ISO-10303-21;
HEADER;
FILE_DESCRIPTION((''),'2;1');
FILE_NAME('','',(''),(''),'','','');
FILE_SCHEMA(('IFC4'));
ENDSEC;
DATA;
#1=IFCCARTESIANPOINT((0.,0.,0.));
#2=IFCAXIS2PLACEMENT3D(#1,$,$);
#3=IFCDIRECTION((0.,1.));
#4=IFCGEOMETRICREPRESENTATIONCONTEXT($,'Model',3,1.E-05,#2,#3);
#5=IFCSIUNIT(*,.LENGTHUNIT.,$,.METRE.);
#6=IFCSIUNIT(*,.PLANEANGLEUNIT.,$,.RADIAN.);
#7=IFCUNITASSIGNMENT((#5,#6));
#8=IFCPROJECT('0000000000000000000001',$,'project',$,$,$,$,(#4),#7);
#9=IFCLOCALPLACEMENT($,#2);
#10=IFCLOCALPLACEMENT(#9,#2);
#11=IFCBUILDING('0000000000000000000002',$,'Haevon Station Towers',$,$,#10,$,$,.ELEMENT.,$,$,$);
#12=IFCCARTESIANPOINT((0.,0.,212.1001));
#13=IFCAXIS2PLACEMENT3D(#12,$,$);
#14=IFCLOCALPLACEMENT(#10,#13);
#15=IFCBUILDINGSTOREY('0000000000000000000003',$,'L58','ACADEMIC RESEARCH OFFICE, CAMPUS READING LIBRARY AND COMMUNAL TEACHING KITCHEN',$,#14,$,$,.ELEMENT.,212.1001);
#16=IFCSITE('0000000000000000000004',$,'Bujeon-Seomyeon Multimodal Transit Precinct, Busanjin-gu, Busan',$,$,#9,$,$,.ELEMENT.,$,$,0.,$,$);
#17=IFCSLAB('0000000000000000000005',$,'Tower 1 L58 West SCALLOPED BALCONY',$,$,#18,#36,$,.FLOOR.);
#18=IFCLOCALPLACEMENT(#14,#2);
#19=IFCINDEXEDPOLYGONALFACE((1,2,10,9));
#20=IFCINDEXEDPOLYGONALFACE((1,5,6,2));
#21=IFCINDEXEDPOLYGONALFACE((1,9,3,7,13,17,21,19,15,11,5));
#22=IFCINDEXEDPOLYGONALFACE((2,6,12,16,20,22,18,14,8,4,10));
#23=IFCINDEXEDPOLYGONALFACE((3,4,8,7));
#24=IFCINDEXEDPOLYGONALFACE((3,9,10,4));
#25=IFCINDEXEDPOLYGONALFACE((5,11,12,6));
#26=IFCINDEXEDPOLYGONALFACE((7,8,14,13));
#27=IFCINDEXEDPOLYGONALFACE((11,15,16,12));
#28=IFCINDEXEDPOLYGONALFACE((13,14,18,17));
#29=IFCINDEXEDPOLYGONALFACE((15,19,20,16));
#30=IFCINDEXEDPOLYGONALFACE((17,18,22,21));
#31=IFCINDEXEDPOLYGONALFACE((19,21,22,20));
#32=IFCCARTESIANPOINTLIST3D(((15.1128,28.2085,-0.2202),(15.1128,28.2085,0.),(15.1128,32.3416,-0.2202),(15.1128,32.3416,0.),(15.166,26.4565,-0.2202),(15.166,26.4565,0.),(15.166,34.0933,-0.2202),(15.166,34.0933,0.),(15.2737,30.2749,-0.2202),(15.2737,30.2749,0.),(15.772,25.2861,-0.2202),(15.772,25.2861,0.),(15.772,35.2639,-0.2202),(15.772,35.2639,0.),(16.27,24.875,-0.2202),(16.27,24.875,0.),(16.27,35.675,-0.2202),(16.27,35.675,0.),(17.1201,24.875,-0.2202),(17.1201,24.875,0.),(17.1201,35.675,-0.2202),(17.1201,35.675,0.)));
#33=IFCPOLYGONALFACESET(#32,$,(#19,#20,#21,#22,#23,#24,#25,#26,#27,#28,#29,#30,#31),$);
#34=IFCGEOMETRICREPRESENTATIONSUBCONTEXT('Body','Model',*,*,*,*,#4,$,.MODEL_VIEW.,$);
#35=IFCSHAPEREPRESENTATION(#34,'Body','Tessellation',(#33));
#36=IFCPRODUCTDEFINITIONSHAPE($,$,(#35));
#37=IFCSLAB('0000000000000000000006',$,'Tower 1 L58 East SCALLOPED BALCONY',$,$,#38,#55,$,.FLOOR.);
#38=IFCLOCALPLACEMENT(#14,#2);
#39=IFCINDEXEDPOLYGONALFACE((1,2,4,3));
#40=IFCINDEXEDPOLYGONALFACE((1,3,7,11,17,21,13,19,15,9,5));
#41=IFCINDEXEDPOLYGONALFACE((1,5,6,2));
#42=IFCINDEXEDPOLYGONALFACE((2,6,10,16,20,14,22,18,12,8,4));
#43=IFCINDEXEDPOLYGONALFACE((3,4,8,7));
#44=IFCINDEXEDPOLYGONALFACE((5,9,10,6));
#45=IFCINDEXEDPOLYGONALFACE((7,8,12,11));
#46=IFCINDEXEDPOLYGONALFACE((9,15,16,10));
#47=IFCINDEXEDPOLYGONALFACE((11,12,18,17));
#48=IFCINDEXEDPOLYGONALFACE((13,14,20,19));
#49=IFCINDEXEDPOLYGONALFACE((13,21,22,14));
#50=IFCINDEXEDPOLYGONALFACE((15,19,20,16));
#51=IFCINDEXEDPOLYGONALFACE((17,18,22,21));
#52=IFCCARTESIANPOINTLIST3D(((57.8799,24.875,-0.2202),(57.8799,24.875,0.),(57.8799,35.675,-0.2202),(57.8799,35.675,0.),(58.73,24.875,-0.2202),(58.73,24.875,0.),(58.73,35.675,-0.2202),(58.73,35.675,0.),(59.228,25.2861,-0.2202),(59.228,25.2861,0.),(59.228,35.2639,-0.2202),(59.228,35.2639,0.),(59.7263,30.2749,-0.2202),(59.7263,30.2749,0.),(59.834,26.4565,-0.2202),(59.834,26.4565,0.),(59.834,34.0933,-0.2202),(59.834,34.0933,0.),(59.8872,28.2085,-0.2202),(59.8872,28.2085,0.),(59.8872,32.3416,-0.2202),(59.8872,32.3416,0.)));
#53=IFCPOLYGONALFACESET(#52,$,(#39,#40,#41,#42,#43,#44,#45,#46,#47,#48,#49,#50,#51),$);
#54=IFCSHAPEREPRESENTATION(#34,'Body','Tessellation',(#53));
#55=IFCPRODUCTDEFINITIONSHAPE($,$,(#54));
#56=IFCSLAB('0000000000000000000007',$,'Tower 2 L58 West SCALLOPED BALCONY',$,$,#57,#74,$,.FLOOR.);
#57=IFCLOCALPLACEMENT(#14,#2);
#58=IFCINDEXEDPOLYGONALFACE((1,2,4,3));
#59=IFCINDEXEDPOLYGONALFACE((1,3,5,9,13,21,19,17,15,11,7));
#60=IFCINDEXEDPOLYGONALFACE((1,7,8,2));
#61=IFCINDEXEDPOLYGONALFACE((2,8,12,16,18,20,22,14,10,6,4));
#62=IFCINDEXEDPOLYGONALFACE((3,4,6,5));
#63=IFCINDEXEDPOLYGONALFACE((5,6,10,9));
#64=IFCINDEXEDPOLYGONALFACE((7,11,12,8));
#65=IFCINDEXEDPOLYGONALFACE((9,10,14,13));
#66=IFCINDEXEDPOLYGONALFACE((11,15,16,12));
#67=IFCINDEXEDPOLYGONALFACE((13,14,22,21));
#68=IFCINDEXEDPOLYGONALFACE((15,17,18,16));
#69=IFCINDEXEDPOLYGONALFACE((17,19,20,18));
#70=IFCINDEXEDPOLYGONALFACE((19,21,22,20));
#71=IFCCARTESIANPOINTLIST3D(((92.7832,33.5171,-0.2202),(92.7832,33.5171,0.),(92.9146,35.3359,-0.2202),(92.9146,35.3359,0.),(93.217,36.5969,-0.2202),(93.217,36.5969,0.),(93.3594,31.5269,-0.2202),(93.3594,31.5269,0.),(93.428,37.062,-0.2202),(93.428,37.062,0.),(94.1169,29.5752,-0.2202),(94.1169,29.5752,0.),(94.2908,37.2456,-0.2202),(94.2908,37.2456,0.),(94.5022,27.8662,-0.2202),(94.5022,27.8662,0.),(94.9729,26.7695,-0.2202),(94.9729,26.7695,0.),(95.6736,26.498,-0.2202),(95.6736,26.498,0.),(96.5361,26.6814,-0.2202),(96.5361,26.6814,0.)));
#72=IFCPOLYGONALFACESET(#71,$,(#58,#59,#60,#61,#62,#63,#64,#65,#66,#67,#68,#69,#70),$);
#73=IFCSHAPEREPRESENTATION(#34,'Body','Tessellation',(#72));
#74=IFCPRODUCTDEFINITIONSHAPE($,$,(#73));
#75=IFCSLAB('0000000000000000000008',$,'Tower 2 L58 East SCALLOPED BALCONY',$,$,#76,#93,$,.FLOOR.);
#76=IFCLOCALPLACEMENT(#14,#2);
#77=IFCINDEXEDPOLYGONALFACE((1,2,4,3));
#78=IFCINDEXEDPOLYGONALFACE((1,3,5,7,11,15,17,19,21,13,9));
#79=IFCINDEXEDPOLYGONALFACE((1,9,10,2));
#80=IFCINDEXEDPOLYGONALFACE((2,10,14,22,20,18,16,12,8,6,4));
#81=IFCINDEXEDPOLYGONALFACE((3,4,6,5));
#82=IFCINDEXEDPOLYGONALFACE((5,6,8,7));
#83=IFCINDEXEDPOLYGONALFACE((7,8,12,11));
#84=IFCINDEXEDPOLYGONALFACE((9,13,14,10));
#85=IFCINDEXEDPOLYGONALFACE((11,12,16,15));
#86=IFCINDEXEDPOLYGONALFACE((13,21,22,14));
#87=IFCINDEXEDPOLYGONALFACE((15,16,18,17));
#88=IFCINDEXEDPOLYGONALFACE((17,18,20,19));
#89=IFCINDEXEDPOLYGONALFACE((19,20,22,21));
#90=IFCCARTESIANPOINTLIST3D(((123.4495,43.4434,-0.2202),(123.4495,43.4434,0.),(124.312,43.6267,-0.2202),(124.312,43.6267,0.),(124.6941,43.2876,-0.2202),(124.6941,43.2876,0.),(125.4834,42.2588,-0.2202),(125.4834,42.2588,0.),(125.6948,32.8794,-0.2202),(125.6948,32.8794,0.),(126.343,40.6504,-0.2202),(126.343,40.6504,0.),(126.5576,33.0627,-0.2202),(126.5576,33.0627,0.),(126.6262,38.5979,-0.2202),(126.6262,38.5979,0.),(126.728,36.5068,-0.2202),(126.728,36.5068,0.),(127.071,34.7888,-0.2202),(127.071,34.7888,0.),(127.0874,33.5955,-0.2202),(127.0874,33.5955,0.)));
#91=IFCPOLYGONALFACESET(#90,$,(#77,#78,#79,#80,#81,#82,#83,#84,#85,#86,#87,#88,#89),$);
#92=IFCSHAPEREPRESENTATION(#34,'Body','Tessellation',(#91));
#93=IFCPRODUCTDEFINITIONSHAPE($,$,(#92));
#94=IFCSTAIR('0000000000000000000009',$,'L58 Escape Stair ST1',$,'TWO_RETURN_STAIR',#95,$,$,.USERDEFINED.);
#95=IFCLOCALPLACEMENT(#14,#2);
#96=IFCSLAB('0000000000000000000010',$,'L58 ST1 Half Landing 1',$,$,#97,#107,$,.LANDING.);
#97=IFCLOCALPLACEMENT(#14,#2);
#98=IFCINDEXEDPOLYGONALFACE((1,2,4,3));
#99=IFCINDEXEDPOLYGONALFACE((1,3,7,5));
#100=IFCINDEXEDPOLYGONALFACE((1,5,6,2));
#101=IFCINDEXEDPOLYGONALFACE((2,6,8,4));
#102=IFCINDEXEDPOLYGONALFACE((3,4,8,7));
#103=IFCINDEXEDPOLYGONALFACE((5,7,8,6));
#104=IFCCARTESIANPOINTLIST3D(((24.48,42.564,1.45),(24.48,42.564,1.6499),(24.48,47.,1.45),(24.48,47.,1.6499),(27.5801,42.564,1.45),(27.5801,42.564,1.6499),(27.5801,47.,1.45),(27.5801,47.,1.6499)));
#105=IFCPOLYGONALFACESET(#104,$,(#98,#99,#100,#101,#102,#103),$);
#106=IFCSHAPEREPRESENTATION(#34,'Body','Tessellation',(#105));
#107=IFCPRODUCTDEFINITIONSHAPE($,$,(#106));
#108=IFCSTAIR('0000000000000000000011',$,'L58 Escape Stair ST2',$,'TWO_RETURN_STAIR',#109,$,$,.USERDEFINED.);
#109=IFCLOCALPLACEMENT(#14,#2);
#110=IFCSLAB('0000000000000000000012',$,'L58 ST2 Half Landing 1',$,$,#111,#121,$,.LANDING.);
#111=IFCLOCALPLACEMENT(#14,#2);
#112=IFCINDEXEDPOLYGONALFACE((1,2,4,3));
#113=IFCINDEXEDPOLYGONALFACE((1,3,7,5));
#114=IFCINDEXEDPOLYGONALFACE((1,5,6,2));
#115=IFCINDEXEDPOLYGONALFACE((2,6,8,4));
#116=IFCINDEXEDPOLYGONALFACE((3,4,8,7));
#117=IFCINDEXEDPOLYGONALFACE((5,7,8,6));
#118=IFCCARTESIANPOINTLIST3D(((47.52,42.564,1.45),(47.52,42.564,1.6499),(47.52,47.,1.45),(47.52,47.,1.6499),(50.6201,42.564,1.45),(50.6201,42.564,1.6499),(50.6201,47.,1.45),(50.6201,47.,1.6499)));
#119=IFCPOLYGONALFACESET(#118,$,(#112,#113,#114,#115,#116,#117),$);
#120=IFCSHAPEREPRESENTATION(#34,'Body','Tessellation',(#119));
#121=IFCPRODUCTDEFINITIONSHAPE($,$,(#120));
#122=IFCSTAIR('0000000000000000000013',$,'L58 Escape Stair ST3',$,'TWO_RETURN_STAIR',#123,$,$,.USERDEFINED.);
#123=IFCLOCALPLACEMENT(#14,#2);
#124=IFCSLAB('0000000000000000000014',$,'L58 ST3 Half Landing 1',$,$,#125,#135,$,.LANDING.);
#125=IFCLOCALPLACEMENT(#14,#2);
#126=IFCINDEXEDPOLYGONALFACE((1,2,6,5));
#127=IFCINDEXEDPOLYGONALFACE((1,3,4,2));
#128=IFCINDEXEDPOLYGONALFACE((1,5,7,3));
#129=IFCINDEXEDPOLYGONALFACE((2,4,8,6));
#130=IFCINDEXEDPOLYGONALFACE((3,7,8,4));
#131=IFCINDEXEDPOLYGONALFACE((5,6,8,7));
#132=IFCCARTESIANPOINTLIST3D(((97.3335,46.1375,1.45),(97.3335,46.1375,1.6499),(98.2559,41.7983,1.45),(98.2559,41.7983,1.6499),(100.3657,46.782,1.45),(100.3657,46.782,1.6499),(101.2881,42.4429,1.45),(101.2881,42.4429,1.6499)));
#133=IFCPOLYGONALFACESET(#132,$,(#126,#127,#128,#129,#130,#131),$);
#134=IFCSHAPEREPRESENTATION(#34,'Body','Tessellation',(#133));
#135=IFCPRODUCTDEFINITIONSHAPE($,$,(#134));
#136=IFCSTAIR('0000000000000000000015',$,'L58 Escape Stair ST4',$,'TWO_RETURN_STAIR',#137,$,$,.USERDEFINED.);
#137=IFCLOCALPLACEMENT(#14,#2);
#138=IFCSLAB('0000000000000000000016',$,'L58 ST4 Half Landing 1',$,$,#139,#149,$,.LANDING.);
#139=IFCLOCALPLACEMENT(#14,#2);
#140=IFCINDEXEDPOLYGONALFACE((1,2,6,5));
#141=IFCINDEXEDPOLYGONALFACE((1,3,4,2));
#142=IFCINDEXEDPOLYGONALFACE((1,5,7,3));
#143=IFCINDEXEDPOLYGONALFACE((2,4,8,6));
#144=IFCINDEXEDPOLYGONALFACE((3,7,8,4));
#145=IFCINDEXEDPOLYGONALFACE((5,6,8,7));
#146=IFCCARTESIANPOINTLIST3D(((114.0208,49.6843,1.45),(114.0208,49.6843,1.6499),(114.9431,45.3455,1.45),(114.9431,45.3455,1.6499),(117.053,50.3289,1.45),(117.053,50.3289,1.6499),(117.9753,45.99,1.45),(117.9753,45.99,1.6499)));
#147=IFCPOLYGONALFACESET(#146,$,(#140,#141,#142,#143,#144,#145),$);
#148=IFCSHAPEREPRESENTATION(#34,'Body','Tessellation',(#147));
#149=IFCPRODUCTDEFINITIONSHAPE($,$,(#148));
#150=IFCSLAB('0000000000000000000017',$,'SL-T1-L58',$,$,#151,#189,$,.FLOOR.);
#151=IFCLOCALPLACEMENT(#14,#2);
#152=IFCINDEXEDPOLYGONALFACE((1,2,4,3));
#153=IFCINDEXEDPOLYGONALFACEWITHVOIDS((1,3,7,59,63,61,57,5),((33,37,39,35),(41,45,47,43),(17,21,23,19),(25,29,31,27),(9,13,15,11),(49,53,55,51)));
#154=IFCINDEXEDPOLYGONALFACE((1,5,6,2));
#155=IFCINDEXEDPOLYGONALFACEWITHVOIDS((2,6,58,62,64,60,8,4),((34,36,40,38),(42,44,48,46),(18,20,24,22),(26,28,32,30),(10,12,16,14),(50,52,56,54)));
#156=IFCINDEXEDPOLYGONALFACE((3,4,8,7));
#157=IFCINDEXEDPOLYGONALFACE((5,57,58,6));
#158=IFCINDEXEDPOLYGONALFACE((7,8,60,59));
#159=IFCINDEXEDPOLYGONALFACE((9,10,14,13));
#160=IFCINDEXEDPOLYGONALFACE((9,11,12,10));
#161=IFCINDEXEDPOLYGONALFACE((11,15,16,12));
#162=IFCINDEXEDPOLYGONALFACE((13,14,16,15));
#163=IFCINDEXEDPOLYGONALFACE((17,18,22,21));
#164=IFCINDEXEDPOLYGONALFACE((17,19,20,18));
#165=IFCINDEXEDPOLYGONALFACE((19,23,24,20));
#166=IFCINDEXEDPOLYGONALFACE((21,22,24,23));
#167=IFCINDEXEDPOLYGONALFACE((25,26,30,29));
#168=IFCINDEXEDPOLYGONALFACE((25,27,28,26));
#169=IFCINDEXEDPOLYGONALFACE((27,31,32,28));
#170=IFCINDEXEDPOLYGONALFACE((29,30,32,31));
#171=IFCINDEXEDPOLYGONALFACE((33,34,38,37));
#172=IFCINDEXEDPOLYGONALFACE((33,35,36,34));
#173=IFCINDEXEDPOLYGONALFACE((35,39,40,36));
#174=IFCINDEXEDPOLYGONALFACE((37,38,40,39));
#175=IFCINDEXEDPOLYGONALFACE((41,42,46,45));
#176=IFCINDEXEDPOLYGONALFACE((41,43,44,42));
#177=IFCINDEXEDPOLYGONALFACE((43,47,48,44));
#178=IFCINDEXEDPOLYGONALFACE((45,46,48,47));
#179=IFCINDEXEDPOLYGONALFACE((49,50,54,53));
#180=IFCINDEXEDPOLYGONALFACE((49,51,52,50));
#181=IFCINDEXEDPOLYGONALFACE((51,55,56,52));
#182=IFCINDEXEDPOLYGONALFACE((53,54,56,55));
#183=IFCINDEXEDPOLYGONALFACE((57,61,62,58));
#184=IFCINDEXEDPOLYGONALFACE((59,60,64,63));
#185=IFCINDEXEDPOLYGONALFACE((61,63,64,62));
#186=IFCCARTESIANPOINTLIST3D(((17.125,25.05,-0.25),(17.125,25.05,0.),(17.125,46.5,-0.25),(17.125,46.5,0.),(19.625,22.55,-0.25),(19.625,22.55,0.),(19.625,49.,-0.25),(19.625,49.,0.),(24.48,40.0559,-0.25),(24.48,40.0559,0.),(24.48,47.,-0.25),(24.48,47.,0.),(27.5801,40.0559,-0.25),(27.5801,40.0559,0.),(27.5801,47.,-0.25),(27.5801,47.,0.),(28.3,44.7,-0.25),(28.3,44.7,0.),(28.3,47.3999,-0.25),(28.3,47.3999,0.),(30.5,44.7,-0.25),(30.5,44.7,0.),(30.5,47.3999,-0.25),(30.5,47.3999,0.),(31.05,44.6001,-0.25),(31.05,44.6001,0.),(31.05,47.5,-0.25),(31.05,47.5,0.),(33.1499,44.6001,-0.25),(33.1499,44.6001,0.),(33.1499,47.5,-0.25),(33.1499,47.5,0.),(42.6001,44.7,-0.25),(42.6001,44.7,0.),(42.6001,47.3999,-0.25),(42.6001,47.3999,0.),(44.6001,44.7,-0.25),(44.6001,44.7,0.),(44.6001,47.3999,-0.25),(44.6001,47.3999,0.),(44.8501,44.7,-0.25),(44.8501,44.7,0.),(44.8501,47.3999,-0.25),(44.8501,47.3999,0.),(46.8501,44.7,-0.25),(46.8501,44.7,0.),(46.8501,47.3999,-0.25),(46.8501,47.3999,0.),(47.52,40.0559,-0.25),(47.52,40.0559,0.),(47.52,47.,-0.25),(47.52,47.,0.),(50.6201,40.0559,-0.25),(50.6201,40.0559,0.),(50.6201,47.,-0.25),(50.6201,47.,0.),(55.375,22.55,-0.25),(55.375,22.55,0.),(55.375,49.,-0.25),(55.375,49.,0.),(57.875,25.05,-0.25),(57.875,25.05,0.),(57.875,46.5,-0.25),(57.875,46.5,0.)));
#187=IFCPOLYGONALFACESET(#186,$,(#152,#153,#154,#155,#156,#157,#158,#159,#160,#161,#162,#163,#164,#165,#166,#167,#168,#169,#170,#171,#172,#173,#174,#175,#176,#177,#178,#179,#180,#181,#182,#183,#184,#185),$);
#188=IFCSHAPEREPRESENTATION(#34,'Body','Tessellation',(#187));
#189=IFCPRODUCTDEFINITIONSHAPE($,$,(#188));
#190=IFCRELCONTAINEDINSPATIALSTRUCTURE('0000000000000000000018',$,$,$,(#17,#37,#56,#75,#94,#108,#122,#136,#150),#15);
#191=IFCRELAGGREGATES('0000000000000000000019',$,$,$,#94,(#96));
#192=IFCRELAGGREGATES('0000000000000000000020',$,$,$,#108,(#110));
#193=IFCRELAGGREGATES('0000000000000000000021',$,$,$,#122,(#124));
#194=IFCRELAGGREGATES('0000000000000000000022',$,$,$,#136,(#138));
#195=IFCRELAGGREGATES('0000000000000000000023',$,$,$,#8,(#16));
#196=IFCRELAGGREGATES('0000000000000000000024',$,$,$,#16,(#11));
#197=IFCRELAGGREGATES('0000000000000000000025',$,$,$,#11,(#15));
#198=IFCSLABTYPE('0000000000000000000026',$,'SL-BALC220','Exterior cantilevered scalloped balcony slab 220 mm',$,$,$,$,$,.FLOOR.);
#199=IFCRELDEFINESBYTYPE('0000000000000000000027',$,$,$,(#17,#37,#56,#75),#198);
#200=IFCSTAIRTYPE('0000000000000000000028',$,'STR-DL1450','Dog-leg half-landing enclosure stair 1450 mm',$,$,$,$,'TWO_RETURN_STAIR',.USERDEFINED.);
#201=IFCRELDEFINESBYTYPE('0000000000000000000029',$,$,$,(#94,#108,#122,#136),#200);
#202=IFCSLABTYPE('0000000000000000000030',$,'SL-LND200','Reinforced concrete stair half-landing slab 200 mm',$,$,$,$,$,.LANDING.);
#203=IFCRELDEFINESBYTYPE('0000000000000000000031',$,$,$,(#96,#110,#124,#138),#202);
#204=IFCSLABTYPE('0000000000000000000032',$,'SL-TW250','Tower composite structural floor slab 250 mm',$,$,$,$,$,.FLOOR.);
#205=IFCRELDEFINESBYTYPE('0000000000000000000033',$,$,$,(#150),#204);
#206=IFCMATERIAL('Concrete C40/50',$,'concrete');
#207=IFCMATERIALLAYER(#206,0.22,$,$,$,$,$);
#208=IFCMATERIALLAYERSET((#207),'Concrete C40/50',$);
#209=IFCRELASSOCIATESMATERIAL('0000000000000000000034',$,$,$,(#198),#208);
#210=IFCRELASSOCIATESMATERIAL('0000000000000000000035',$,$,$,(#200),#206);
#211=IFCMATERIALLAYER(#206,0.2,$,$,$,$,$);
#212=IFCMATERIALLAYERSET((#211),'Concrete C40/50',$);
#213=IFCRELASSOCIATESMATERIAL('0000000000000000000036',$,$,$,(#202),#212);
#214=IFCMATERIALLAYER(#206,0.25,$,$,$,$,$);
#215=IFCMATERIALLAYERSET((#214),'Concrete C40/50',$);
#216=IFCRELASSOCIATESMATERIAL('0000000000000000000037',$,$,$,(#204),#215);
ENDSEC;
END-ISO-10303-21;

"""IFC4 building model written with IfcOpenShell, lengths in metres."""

from ifc_helpers import new_model, si_unit, direction, frame, origin, place, context, subcontext, project, spatial, polyline, outline, extrude, material, layer, layer_set, type_object, element, aggregate, save


model = new_model("IFC4")

# Units and contexts
model_context = context("Model", 3, precision=1e-05, world=origin(), true_north=direction((0.0, 1.0)))
body_context = subcontext(model_context, "Body", "Model", "MODEL_VIEW")
ifc_project = project(units=[si_unit("LENGTHUNIT", "METRE"), si_unit("PLANEANGLEUNIT", "RADIAN")], contexts=[model_context])

# Site, building, storey
site_placement = place(None, origin())
site = spatial("IfcSite", under=ifc_project, at=site_placement, Name="Bujeon-Seomyeon Multimodal Transit Precinct, Busanjin-gu, Busan", CompositionType="ELEMENT", RefElevation=0.0)
building_placement = place(site_placement, origin())
building = spatial("IfcBuilding", under=site, at=building_placement, Name="Haevon Station Towers", CompositionType="ELEMENT")
storey_placement = place(building_placement, frame((0.0, 0.0, 212.1001)))
storey = spatial("IfcBuildingStorey", under=building, at=storey_placement, Name="L58", Description="ACADEMIC RESEARCH OFFICE, CAMPUS READING LIBRARY AND COMMUNAL TEACHING KITCHEN", CompositionType="ELEMENT", Elevation=212.1001)

# Slabs
ifc_material_1 = material(Name="Concrete C40/50", Category="concrete")
ifc_layer_1 = layer(ifc_material_1, 0.22)
ifc_layer_set_1 = layer_set([ifc_layer_1], Name="Concrete C40/50")
slab_type_1 = type_object("IfcSlabType", Name="SL-BALC220", Description="Exterior cantilevered scalloped balcony slab 220 mm", PredefinedType="FLOOR", material=ifc_layer_set_1)
slab_1_placement = place(storey_placement, frame((0.0, 0.0, -0.2202)))
element("IfcSlab", 1, at=slab_1_placement, inside=storey, type_object=slab_type_1, Name="Tower 1 L58 West SCALLOPED BALCONY", PredefinedType="FLOOR", context=body_context, shape_type="SweptSolid", body=[
    extrude(outline(polyline([(17.1201, 35.675), (16.27, 35.675), (15.772, 35.2639), (15.166, 34.0933), (15.1128, 32.3416), (15.2737, 30.2749), (15.1128, 28.2085), (15.166, 26.4565), (15.772, 25.2861), (16.27, 24.875), (17.1201, 24.875), (17.1201, 35.675)])), origin(), (0.0, 0.0, 1.0), 0.2202),
])
slab_2_placement = place(storey_placement, frame((0.0, 0.0, -0.2202)))
element("IfcSlab", 2, at=slab_2_placement, inside=storey, type_object=slab_type_1, Name="Tower 1 L58 East SCALLOPED BALCONY", PredefinedType="FLOOR", context=body_context, shape_type="SweptSolid", body=[
    extrude(outline(polyline([(57.8799, 24.875), (58.73, 24.875), (59.228, 25.2861), (59.834, 26.4565), (59.8872, 28.2085), (59.7263, 30.2749), (59.8872, 32.3416), (59.834, 34.0933), (59.228, 35.2639), (58.73, 35.675), (57.8799, 35.675), (57.8799, 24.875)])), origin(), (0.0, 0.0, 1.0), 0.2202),
])
slab_3_placement = place(storey_placement, frame((0.0, 0.0, -0.2202)))
element("IfcSlab", 3, at=slab_3_placement, inside=storey, type_object=slab_type_1, Name="Tower 2 L58 West SCALLOPED BALCONY", PredefinedType="FLOOR", context=body_context, shape_type="SweptSolid", body=[
    extrude(outline(polyline([(94.2908, 37.2456), (93.428, 37.062), (93.217, 36.5969), (92.9146, 35.3359), (92.7832, 33.5171), (93.3594, 31.5269), (94.1169, 29.5752), (94.5022, 27.8662), (94.9729, 26.7695), (95.6736, 26.498), (96.5361, 26.6814), (94.2908, 37.2456)])), origin(), (0.0, 0.0, 1.0), 0.2202),
])
slab_4_placement = place(storey_placement, frame((0.0, 0.0, -0.2202)))
element("IfcSlab", 4, at=slab_4_placement, inside=storey, type_object=slab_type_1, Name="Tower 2 L58 East SCALLOPED BALCONY", PredefinedType="FLOOR", context=body_context, shape_type="SweptSolid", body=[
    extrude(outline(polyline([(125.6948, 32.8794), (126.5576, 33.0627), (127.0874, 33.5955), (127.071, 34.7888), (126.728, 36.5068), (126.6262, 38.5979), (126.343, 40.6504), (125.4834, 42.2588), (124.6941, 43.2876), (124.312, 43.6267), (123.4495, 43.4434), (125.6948, 32.8794)])), origin(), (0.0, 0.0, 1.0), 0.2202),
])

# Stairs, slabs
stair_type = type_object("IfcStairType", Name="STR-DL1450", Description="Dog-leg half-landing enclosure stair 1450 mm", ElementType="TWO_RETURN_STAIR", PredefinedType="USERDEFINED", material=ifc_material_1)
stair_1_placement = place(storey_placement, origin())
stair_1 = element("IfcStair", 5, at=stair_1_placement, inside=storey, type_object=stair_type, Name="L58 Escape Stair ST1", ObjectType="TWO_RETURN_STAIR", PredefinedType="USERDEFINED")
ifc_layer_2 = layer(ifc_material_1, 0.2)
ifc_layer_set_2 = layer_set([ifc_layer_2], Name="Concrete C40/50")
slab_type_2 = type_object("IfcSlabType", Name="SL-LND200", Description="Reinforced concrete stair half-landing slab 200 mm", PredefinedType="LANDING", material=ifc_layer_set_2)
slab_5_placement = place(storey_placement, frame((0.0, 0.0, 1.45)))
slab_5 = element("IfcSlab", 6, at=slab_5_placement, type_object=slab_type_2, Name="L58 ST1 Half Landing 1", PredefinedType="LANDING", context=body_context, shape_type="SweptSolid", body=[
    extrude(outline(polyline([(27.5801, 42.564), (27.5801, 47.0), (24.48, 47.0), (24.48, 42.564), (27.5801, 42.564)])), origin(), (0.0, 0.0, 1.0), 0.2),
])
aggregate(stair_1, [slab_5])
stair_2_placement = place(storey_placement, origin())
stair_2 = element("IfcStair", 7, at=stair_2_placement, inside=storey, type_object=stair_type, Name="L58 Escape Stair ST2", ObjectType="TWO_RETURN_STAIR", PredefinedType="USERDEFINED")
slab_6_placement = place(storey_placement, frame((0.0, 0.0, 1.45)))
slab_6 = element("IfcSlab", 8, at=slab_6_placement, type_object=slab_type_2, Name="L58 ST2 Half Landing 1", PredefinedType="LANDING", context=body_context, shape_type="SweptSolid", body=[
    extrude(outline(polyline([(50.6201, 42.564), (50.6201, 47.0), (47.52, 47.0), (47.52, 42.564), (50.6201, 42.564)])), origin(), (0.0, 0.0, 1.0), 0.2),
])
aggregate(stair_2, [slab_6])
stair_3_placement = place(storey_placement, origin())
stair_3 = element("IfcStair", 9, at=stair_3_placement, inside=storey, type_object=stair_type, Name="L58 Escape Stair ST3", ObjectType="TWO_RETURN_STAIR", PredefinedType="USERDEFINED")
slab_7_placement = place(storey_placement, frame((0.0, 0.0, 1.45)))
slab_7 = element("IfcSlab", 10, at=slab_7_placement, type_object=slab_type_2, Name="L58 ST3 Half Landing 1", PredefinedType="LANDING", context=body_context, shape_type="SweptSolid", body=[
    extrude(outline(polyline([(101.2881, 42.4429), (100.3657, 46.782), (97.3335, 46.1375), (98.2559, 41.7983), (101.2881, 42.4429)])), origin(), (0.0, 0.0, 1.0), 0.2),
])
aggregate(stair_3, [slab_7])
stair_4_placement = place(storey_placement, origin())
stair_4 = element("IfcStair", 11, at=stair_4_placement, inside=storey, type_object=stair_type, Name="L58 Escape Stair ST4", ObjectType="TWO_RETURN_STAIR", PredefinedType="USERDEFINED")
slab_8_placement = place(storey_placement, frame((0.0, 0.0, 1.45)))
slab_8 = element("IfcSlab", 12, at=slab_8_placement, type_object=slab_type_2, Name="L58 ST4 Half Landing 1", PredefinedType="LANDING", context=body_context, shape_type="SweptSolid", body=[
    extrude(outline(polyline([(117.9753, 45.99), (117.053, 50.3289), (114.0208, 49.6843), (114.9431, 45.3455), (117.9753, 45.99)])), origin(), (0.0, 0.0, 1.0), 0.2),
])
aggregate(stair_4, [slab_8])

# Slab
ifc_layer_3 = layer(ifc_material_1, 0.25)
ifc_layer_set_3 = layer_set([ifc_layer_3], Name="Concrete C40/50")
slab_type_3 = type_object("IfcSlabType", Name="SL-TW250", Description="Tower composite structural floor slab 250 mm", PredefinedType="FLOOR", material=ifc_layer_set_3)
slab_9_placement = place(storey_placement, frame((0.0, 0.0, -0.25)))
element("IfcSlab", 13, at=slab_9_placement, inside=storey, type_object=slab_type_3, Name="SL-T1-L58", PredefinedType="FLOOR", context=body_context, shape_type="SweptSolid", body=[
    extrude(outline(polyline([(19.625, 22.55), (55.375, 22.55), (57.875, 25.05), (57.875, 46.5), (55.375, 49.0), (19.625, 49.0), (17.125, 46.5), (17.125, 25.05), (19.625, 22.55)]), holes=[polyline([(27.5801, 40.0559), (27.5801, 47.0), (24.48, 47.0), (24.48, 40.0559), (27.5801, 40.0559)]), polyline([(50.6201, 40.0559), (50.6201, 47.0), (47.52, 47.0), (47.52, 40.0559), (50.6201, 40.0559)]), polyline([(28.3, 44.7), (30.5, 44.7), (30.5, 47.3999), (28.3, 47.3999), (28.3, 44.7)]), polyline([(31.05, 44.6001), (33.1499, 44.6001), (33.1499, 47.5), (31.05, 47.5), (31.05, 44.6001)]), polyline([(42.6001, 44.7), (44.6001, 44.7), (44.6001, 47.3999), (42.6001, 47.3999), (42.6001, 44.7)]), polyline([(44.8501, 44.7), (46.8501, 44.7), (46.8501, 47.3999), (44.8501, 47.3999), (44.8501, 44.7)])]), origin(), (0.0, 0.0, 1.0), 0.25),
])

save(model, "model.ifc")
